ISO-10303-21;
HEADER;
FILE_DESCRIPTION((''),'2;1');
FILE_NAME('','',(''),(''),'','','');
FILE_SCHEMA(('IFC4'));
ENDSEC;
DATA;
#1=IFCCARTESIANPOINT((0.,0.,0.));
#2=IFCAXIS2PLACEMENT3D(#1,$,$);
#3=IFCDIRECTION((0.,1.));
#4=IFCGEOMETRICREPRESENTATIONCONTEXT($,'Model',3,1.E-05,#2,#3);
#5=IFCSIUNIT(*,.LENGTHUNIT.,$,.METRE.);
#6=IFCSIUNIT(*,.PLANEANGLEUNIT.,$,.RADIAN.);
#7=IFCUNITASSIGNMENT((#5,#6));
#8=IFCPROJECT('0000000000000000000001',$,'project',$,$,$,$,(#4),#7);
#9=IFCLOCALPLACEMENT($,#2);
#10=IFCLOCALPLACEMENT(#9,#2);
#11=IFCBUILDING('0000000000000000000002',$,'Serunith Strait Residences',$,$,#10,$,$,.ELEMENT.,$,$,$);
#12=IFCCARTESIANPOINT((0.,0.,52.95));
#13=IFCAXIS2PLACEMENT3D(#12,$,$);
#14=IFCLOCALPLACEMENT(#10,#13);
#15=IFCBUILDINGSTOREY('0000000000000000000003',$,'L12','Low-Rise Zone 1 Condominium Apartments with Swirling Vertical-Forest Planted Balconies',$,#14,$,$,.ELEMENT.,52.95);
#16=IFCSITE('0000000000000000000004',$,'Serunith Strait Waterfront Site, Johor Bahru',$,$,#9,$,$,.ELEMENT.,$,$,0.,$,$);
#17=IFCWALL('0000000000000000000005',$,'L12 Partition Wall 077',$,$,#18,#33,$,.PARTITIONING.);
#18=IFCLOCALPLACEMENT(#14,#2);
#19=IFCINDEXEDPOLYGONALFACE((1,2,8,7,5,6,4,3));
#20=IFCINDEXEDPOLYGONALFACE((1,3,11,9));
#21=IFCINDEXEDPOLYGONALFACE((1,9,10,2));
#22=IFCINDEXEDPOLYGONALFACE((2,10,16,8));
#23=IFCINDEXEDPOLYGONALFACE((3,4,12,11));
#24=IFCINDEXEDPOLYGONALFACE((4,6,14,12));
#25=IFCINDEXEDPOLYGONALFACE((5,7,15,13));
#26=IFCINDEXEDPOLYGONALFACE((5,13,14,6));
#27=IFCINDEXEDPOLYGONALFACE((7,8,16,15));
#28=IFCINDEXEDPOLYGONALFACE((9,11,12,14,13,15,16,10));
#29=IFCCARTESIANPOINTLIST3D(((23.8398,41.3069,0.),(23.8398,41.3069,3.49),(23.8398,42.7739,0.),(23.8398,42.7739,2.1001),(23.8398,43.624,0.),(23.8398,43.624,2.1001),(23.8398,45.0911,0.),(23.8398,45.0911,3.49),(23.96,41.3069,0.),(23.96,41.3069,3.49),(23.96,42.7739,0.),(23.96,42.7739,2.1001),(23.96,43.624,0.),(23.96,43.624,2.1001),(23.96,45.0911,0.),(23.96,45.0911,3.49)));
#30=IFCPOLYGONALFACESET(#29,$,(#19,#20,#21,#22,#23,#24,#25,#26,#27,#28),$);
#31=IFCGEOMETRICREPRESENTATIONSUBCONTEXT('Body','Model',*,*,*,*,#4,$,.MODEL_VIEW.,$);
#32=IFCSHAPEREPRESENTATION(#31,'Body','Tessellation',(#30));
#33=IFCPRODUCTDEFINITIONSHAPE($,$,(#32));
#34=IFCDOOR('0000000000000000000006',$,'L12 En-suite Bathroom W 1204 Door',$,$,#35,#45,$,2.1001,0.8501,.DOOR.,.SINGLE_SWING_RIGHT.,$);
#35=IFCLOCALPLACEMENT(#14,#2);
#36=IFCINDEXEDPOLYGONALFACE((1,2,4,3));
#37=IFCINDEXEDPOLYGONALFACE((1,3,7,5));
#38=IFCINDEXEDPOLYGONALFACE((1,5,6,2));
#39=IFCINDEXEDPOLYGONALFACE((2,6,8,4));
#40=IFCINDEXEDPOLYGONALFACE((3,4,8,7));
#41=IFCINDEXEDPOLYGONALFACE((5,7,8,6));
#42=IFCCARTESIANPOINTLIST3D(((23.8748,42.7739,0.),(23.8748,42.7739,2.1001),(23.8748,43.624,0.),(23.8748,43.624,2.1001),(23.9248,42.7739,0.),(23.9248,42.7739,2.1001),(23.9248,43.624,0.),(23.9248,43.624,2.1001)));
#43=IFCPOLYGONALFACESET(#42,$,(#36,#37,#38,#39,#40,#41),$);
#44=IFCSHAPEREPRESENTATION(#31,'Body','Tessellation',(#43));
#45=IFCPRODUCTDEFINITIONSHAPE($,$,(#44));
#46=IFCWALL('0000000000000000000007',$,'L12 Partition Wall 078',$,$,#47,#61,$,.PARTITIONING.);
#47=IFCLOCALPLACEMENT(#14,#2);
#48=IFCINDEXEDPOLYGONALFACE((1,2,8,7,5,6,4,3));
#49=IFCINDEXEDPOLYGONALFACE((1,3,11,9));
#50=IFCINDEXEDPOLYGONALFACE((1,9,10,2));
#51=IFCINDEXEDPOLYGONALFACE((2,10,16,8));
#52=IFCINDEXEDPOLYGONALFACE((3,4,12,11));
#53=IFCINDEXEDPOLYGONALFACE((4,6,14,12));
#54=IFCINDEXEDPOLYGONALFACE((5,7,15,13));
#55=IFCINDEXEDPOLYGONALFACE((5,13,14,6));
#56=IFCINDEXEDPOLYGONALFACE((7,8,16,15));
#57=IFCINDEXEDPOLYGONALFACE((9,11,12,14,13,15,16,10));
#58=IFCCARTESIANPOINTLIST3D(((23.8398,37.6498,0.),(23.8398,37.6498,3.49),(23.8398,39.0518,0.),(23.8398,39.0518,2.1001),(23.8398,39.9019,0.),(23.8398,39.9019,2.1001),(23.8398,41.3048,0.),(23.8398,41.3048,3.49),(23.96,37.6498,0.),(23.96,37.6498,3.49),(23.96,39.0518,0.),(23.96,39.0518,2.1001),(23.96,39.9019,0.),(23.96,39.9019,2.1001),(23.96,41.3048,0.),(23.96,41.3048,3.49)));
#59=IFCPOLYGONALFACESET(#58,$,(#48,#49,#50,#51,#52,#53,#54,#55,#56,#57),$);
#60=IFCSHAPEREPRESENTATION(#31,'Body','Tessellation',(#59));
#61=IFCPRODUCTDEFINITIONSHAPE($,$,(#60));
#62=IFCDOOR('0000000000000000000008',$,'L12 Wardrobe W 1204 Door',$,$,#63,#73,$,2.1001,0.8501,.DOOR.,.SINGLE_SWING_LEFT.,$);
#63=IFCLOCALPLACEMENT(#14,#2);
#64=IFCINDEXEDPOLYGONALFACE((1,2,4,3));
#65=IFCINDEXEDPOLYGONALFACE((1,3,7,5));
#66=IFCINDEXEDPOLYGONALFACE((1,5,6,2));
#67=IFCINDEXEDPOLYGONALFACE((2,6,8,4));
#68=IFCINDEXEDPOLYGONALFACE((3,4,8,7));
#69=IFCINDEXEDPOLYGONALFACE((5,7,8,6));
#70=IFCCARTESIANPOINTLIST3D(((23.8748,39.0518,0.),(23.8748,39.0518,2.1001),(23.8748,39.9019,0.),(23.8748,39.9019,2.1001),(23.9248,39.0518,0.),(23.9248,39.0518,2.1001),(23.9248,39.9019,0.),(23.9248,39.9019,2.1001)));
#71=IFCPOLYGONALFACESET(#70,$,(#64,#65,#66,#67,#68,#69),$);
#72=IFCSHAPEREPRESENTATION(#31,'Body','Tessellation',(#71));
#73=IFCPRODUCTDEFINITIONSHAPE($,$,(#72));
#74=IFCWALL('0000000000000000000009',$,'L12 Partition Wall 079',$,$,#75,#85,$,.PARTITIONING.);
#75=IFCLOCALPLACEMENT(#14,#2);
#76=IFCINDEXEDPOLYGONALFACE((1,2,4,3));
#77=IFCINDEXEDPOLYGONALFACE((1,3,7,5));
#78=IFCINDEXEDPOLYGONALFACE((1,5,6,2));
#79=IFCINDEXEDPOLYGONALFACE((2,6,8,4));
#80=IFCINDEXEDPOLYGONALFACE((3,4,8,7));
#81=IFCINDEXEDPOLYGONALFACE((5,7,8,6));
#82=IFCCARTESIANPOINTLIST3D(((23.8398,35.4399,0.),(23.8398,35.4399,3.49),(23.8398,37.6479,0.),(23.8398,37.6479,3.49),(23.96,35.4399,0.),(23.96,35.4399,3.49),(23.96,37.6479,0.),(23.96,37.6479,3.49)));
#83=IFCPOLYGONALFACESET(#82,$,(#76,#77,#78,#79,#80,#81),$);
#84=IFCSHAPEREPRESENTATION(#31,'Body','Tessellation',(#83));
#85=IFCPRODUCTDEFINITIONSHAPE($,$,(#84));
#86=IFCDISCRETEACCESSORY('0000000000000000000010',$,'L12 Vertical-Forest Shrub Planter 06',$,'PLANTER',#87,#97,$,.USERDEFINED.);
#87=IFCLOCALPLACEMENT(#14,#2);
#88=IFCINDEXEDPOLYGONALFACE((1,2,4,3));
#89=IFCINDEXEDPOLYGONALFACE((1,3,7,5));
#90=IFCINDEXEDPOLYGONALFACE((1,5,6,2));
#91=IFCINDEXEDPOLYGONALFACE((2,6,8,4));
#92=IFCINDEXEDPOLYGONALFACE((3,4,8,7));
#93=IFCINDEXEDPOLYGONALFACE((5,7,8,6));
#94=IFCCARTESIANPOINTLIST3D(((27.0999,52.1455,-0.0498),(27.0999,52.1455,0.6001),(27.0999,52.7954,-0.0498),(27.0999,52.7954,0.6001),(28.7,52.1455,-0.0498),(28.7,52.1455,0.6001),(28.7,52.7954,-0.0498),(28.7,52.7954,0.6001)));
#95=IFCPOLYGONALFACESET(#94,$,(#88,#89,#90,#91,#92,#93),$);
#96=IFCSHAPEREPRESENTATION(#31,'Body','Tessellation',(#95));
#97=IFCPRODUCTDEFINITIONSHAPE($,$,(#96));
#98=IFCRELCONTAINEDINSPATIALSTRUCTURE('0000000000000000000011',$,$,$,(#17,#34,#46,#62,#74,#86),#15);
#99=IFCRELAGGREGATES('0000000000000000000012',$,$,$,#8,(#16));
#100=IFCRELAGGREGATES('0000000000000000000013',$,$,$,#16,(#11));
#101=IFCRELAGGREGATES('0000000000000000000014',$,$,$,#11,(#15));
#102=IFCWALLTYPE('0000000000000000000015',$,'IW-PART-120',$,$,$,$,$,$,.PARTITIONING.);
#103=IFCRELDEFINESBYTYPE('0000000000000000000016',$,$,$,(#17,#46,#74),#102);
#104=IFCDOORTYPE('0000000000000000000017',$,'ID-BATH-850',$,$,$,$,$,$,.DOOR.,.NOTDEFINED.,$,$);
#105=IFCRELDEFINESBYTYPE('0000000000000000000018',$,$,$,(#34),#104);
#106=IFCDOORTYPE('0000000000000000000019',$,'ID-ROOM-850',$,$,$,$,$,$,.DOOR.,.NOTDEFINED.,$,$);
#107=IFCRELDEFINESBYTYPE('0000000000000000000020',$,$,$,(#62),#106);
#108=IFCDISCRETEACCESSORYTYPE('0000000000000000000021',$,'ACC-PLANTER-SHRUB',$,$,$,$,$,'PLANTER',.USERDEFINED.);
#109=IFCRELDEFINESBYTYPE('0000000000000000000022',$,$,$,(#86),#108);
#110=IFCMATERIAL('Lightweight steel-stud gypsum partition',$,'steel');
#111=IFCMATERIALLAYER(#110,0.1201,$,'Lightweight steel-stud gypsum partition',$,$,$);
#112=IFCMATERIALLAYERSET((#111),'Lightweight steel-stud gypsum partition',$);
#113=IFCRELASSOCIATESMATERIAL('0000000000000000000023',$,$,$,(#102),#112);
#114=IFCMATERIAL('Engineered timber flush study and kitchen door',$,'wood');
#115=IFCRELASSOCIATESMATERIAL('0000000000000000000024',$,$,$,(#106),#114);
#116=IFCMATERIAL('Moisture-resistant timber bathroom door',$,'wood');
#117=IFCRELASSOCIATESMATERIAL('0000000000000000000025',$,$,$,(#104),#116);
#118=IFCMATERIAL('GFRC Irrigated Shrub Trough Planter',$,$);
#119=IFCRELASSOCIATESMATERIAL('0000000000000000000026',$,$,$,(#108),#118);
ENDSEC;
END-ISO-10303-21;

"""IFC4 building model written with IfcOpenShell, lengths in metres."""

from ifc_helpers import new_model, si_unit, direction, frame, frame_2d, origin, origin_2d, place, context, subcontext, project, spatial, rectangle, extrude, source, transform, mapped, material, layer, layer_set, type_object, element, fill, save


model = new_model("IFC4")

# Units and contexts
model_context = context("Model", 3, precision=1e-05, world=origin(), true_north=direction((0.0, 1.0)))
body_context = subcontext(model_context, "Body", "Model", "MODEL_VIEW")
ifc_project = project(units=[si_unit("LENGTHUNIT", "METRE"), si_unit("PLANEANGLEUNIT", "RADIAN")], contexts=[model_context])

# Site, building, storey
site_placement = place(None, origin())
site = spatial("IfcSite", under=ifc_project, at=site_placement, Name="Serunith Strait Waterfront Site, Johor Bahru", CompositionType="ELEMENT", RefElevation=0.0)
building_placement = place(site_placement, origin())
building = spatial("IfcBuilding", under=site, at=building_placement, Name="Serunith Strait Residences", CompositionType="ELEMENT")
storey_placement = place(building_placement, frame((0.0, 0.0, 52.95)))
storey = spatial("IfcBuildingStorey", under=building, at=storey_placement, Name="L12", Description="Low-Rise Zone 1 Condominium Apartments with Swirling Vertical-Forest Planted Balconies", CompositionType="ELEMENT", Elevation=52.95)

# Shared definitions
ifc_material_1 = material(Name="Lightweight steel-stud gypsum partition", Category="steel")
ifc_layer_1 = layer(ifc_material_1, 0.1201, Name="Lightweight steel-stud gypsum partition")
ifc_layer_set_1 = layer_set([ifc_layer_1], Name="Lightweight steel-stud gypsum partition")
wall_type = type_object("IfcWallType", Name="IW-PART-120", PredefinedType="PARTITIONING", material=ifc_layer_set_1)
ifc_material_2 = material(Name="Engineered timber flush study and kitchen door", Category="wood")
door_type_1 = type_object("IfcDoorType", Name="ID-ROOM-850", OperationType="NOTDEFINED", PredefinedType="DOOR", material=ifc_material_2)
shared_shape_1 = source(origin(), body_context, "Body", "SweptSolid", [
    extrude(rectangle(XDim=0.8501, YDim=2.1001, at=frame_2d((0.425, 1.05))), frame((0.0, 0.0249, 0.0), z_axis=(0.0, -1.0, 0.0), x_axis=(1.0, 0.0, 0.0)), (0.0, 0.0, 1.0), 0.05),
])

# Walls, openings, doors
ifc_material_3 = material(Name="Moisture-resistant timber bathroom door", Category="wood")
door_type_2 = type_object("IfcDoorType", Name="ID-BATH-850", OperationType="NOTDEFINED", PredefinedType="DOOR", material=ifc_material_3)
wall_1_placement = place(storey_placement, frame((23.8999, 45.0911, 0.0), z_axis=(0.0, 0.0, 1.0), x_axis=(0.0, -1.0, 0.0)))
wall_1 = element("IfcWall", 1, at=wall_1_placement, inside=storey, type_object=wall_type, Name="L12 Partition Wall 077", PredefinedType="PARTITIONING", context=body_context, shape_type="SweptSolid", body=[
    extrude(rectangle(XDim=3.7842, YDim=0.1201, at=frame_2d((1.8921, 0.0))), origin(), (0.0, 0.0, 1.0), 3.49),
])
opening_1_placement = place(wall_1_placement, frame((1.467, 0.0, 0.0)))
opening_1 = element("IfcOpeningElement", 2, at=opening_1_placement, cuts=wall_1, PredefinedType="OPENING", context=body_context, shape_type="SweptSolid", body=[
    extrude(rectangle(XDim=0.8501, YDim=2.1001, at=frame_2d((0.425, 1.05))), frame((0.0, 0.0701, 0.0), z_axis=(0.0, -1.0, 0.0), x_axis=(1.0, 0.0, 0.0)), (0.0, 0.0, 1.0), 0.1401),
])
door_1_placement = place(opening_1_placement, origin())
door_1 = element("IfcDoor", 3, at=door_1_placement, inside=storey, type_object=door_type_2, Name="L12 En-suite Bathroom W 1204 Door", OperationType="SINGLE_SWING_RIGHT", OverallHeight=2.1001, OverallWidth=0.8501, PredefinedType="DOOR", context=body_context, shape_type="MappedRepresentation", body=[
    mapped(shared_shape_1, transform((0.0, 0.0, 0.0), scale=1.0)),
])
fill(opening_1, door_1)
wall_2_placement = place(storey_placement, frame((23.8999, 41.3049, 0.0), z_axis=(0.0, 0.0, 1.0), x_axis=(0.0, -1.0, 0.0)))
wall_2 = element("IfcWall", 4, at=wall_2_placement, inside=storey, type_object=wall_type, Name="L12 Partition Wall 078", PredefinedType="PARTITIONING", context=body_context, shape_type="SweptSolid", body=[
    extrude(rectangle(XDim=3.655, YDim=0.1201, at=frame_2d((1.8276, 0.0))), origin(), (0.0, 0.0, 1.0), 3.49),
])
opening_2_placement = place(wall_2_placement, frame((1.4031, 0.0, 0.0)))
opening_2 = element("IfcOpeningElement", 5, at=opening_2_placement, cuts=wall_2, PredefinedType="OPENING", context=body_context, shape_type="SweptSolid", body=[
    extrude(rectangle(XDim=0.8501, YDim=2.1001, at=frame_2d((0.425, 1.05))), frame((0.0, 0.0701, 0.0), z_axis=(0.0, -1.0, 0.0), x_axis=(1.0, 0.0, 0.0)), (0.0, 0.0, 1.0), 0.1401),
])
door_2_placement = place(opening_2_placement, origin())
door_2 = element("IfcDoor", 6, at=door_2_placement, inside=storey, type_object=door_type_1, Name="L12 Wardrobe W 1204 Door", OperationType="SINGLE_SWING_LEFT", OverallHeight=2.1001, OverallWidth=0.8501, PredefinedType="DOOR", context=body_context, shape_type="MappedRepresentation", body=[
    mapped(shared_shape_1, transform((0.0, 0.0, 0.0), scale=1.0)),
])
fill(opening_2, door_2)

# Wall
wall_3_placement = place(storey_placement, frame((23.8999, 37.6479, 0.0), z_axis=(0.0, 0.0, 1.0), x_axis=(0.0, -1.0, 0.0)))
element("IfcWall", 7, at=wall_3_placement, inside=storey, type_object=wall_type, Name="L12 Partition Wall 079", PredefinedType="PARTITIONING", context=body_context, shape_type="SweptSolid", body=[
    extrude(rectangle(XDim=2.208, YDim=0.1201, at=frame_2d((1.104, 0.0))), origin(), (0.0, 0.0, 1.0), 3.49),
])

# Discrete accessory
ifc_material_4 = material(Name="GFRC Irrigated Shrub Trough Planter")
discrete_accessory_type = type_object("IfcDiscreteAccessoryType", Name="ACC-PLANTER-SHRUB", ElementType="PLANTER", PredefinedType="USERDEFINED", material=ifc_material_4)
shared_shape_2 = source(origin(), body_context, "Body", "SweptSolid", [
    extrude(rectangle(XDim=1.6001, YDim=0.6499, at=origin_2d()), origin(), (0.0, 0.0, 1.0), 0.6499),
])
discrete_accessory_placement = place(storey_placement, frame((27.8999, 52.4705, -0.0498), z_axis=(0.0, 0.0, 1.0), x_axis=(-1.0, 0.0, 0.0)))
element("IfcDiscreteAccessory", 8, at=discrete_accessory_placement, inside=storey, type_object=discrete_accessory_type, Name="L12 Vertical-Forest Shrub Planter 06", ObjectType="PLANTER", PredefinedType="USERDEFINED", context=body_context, shape_type="MappedRepresentation", body=[
    mapped(shared_shape_2, transform((0.0, 0.0, 0.0), scale=1.0)),
])

save(model, "model.ifc")
